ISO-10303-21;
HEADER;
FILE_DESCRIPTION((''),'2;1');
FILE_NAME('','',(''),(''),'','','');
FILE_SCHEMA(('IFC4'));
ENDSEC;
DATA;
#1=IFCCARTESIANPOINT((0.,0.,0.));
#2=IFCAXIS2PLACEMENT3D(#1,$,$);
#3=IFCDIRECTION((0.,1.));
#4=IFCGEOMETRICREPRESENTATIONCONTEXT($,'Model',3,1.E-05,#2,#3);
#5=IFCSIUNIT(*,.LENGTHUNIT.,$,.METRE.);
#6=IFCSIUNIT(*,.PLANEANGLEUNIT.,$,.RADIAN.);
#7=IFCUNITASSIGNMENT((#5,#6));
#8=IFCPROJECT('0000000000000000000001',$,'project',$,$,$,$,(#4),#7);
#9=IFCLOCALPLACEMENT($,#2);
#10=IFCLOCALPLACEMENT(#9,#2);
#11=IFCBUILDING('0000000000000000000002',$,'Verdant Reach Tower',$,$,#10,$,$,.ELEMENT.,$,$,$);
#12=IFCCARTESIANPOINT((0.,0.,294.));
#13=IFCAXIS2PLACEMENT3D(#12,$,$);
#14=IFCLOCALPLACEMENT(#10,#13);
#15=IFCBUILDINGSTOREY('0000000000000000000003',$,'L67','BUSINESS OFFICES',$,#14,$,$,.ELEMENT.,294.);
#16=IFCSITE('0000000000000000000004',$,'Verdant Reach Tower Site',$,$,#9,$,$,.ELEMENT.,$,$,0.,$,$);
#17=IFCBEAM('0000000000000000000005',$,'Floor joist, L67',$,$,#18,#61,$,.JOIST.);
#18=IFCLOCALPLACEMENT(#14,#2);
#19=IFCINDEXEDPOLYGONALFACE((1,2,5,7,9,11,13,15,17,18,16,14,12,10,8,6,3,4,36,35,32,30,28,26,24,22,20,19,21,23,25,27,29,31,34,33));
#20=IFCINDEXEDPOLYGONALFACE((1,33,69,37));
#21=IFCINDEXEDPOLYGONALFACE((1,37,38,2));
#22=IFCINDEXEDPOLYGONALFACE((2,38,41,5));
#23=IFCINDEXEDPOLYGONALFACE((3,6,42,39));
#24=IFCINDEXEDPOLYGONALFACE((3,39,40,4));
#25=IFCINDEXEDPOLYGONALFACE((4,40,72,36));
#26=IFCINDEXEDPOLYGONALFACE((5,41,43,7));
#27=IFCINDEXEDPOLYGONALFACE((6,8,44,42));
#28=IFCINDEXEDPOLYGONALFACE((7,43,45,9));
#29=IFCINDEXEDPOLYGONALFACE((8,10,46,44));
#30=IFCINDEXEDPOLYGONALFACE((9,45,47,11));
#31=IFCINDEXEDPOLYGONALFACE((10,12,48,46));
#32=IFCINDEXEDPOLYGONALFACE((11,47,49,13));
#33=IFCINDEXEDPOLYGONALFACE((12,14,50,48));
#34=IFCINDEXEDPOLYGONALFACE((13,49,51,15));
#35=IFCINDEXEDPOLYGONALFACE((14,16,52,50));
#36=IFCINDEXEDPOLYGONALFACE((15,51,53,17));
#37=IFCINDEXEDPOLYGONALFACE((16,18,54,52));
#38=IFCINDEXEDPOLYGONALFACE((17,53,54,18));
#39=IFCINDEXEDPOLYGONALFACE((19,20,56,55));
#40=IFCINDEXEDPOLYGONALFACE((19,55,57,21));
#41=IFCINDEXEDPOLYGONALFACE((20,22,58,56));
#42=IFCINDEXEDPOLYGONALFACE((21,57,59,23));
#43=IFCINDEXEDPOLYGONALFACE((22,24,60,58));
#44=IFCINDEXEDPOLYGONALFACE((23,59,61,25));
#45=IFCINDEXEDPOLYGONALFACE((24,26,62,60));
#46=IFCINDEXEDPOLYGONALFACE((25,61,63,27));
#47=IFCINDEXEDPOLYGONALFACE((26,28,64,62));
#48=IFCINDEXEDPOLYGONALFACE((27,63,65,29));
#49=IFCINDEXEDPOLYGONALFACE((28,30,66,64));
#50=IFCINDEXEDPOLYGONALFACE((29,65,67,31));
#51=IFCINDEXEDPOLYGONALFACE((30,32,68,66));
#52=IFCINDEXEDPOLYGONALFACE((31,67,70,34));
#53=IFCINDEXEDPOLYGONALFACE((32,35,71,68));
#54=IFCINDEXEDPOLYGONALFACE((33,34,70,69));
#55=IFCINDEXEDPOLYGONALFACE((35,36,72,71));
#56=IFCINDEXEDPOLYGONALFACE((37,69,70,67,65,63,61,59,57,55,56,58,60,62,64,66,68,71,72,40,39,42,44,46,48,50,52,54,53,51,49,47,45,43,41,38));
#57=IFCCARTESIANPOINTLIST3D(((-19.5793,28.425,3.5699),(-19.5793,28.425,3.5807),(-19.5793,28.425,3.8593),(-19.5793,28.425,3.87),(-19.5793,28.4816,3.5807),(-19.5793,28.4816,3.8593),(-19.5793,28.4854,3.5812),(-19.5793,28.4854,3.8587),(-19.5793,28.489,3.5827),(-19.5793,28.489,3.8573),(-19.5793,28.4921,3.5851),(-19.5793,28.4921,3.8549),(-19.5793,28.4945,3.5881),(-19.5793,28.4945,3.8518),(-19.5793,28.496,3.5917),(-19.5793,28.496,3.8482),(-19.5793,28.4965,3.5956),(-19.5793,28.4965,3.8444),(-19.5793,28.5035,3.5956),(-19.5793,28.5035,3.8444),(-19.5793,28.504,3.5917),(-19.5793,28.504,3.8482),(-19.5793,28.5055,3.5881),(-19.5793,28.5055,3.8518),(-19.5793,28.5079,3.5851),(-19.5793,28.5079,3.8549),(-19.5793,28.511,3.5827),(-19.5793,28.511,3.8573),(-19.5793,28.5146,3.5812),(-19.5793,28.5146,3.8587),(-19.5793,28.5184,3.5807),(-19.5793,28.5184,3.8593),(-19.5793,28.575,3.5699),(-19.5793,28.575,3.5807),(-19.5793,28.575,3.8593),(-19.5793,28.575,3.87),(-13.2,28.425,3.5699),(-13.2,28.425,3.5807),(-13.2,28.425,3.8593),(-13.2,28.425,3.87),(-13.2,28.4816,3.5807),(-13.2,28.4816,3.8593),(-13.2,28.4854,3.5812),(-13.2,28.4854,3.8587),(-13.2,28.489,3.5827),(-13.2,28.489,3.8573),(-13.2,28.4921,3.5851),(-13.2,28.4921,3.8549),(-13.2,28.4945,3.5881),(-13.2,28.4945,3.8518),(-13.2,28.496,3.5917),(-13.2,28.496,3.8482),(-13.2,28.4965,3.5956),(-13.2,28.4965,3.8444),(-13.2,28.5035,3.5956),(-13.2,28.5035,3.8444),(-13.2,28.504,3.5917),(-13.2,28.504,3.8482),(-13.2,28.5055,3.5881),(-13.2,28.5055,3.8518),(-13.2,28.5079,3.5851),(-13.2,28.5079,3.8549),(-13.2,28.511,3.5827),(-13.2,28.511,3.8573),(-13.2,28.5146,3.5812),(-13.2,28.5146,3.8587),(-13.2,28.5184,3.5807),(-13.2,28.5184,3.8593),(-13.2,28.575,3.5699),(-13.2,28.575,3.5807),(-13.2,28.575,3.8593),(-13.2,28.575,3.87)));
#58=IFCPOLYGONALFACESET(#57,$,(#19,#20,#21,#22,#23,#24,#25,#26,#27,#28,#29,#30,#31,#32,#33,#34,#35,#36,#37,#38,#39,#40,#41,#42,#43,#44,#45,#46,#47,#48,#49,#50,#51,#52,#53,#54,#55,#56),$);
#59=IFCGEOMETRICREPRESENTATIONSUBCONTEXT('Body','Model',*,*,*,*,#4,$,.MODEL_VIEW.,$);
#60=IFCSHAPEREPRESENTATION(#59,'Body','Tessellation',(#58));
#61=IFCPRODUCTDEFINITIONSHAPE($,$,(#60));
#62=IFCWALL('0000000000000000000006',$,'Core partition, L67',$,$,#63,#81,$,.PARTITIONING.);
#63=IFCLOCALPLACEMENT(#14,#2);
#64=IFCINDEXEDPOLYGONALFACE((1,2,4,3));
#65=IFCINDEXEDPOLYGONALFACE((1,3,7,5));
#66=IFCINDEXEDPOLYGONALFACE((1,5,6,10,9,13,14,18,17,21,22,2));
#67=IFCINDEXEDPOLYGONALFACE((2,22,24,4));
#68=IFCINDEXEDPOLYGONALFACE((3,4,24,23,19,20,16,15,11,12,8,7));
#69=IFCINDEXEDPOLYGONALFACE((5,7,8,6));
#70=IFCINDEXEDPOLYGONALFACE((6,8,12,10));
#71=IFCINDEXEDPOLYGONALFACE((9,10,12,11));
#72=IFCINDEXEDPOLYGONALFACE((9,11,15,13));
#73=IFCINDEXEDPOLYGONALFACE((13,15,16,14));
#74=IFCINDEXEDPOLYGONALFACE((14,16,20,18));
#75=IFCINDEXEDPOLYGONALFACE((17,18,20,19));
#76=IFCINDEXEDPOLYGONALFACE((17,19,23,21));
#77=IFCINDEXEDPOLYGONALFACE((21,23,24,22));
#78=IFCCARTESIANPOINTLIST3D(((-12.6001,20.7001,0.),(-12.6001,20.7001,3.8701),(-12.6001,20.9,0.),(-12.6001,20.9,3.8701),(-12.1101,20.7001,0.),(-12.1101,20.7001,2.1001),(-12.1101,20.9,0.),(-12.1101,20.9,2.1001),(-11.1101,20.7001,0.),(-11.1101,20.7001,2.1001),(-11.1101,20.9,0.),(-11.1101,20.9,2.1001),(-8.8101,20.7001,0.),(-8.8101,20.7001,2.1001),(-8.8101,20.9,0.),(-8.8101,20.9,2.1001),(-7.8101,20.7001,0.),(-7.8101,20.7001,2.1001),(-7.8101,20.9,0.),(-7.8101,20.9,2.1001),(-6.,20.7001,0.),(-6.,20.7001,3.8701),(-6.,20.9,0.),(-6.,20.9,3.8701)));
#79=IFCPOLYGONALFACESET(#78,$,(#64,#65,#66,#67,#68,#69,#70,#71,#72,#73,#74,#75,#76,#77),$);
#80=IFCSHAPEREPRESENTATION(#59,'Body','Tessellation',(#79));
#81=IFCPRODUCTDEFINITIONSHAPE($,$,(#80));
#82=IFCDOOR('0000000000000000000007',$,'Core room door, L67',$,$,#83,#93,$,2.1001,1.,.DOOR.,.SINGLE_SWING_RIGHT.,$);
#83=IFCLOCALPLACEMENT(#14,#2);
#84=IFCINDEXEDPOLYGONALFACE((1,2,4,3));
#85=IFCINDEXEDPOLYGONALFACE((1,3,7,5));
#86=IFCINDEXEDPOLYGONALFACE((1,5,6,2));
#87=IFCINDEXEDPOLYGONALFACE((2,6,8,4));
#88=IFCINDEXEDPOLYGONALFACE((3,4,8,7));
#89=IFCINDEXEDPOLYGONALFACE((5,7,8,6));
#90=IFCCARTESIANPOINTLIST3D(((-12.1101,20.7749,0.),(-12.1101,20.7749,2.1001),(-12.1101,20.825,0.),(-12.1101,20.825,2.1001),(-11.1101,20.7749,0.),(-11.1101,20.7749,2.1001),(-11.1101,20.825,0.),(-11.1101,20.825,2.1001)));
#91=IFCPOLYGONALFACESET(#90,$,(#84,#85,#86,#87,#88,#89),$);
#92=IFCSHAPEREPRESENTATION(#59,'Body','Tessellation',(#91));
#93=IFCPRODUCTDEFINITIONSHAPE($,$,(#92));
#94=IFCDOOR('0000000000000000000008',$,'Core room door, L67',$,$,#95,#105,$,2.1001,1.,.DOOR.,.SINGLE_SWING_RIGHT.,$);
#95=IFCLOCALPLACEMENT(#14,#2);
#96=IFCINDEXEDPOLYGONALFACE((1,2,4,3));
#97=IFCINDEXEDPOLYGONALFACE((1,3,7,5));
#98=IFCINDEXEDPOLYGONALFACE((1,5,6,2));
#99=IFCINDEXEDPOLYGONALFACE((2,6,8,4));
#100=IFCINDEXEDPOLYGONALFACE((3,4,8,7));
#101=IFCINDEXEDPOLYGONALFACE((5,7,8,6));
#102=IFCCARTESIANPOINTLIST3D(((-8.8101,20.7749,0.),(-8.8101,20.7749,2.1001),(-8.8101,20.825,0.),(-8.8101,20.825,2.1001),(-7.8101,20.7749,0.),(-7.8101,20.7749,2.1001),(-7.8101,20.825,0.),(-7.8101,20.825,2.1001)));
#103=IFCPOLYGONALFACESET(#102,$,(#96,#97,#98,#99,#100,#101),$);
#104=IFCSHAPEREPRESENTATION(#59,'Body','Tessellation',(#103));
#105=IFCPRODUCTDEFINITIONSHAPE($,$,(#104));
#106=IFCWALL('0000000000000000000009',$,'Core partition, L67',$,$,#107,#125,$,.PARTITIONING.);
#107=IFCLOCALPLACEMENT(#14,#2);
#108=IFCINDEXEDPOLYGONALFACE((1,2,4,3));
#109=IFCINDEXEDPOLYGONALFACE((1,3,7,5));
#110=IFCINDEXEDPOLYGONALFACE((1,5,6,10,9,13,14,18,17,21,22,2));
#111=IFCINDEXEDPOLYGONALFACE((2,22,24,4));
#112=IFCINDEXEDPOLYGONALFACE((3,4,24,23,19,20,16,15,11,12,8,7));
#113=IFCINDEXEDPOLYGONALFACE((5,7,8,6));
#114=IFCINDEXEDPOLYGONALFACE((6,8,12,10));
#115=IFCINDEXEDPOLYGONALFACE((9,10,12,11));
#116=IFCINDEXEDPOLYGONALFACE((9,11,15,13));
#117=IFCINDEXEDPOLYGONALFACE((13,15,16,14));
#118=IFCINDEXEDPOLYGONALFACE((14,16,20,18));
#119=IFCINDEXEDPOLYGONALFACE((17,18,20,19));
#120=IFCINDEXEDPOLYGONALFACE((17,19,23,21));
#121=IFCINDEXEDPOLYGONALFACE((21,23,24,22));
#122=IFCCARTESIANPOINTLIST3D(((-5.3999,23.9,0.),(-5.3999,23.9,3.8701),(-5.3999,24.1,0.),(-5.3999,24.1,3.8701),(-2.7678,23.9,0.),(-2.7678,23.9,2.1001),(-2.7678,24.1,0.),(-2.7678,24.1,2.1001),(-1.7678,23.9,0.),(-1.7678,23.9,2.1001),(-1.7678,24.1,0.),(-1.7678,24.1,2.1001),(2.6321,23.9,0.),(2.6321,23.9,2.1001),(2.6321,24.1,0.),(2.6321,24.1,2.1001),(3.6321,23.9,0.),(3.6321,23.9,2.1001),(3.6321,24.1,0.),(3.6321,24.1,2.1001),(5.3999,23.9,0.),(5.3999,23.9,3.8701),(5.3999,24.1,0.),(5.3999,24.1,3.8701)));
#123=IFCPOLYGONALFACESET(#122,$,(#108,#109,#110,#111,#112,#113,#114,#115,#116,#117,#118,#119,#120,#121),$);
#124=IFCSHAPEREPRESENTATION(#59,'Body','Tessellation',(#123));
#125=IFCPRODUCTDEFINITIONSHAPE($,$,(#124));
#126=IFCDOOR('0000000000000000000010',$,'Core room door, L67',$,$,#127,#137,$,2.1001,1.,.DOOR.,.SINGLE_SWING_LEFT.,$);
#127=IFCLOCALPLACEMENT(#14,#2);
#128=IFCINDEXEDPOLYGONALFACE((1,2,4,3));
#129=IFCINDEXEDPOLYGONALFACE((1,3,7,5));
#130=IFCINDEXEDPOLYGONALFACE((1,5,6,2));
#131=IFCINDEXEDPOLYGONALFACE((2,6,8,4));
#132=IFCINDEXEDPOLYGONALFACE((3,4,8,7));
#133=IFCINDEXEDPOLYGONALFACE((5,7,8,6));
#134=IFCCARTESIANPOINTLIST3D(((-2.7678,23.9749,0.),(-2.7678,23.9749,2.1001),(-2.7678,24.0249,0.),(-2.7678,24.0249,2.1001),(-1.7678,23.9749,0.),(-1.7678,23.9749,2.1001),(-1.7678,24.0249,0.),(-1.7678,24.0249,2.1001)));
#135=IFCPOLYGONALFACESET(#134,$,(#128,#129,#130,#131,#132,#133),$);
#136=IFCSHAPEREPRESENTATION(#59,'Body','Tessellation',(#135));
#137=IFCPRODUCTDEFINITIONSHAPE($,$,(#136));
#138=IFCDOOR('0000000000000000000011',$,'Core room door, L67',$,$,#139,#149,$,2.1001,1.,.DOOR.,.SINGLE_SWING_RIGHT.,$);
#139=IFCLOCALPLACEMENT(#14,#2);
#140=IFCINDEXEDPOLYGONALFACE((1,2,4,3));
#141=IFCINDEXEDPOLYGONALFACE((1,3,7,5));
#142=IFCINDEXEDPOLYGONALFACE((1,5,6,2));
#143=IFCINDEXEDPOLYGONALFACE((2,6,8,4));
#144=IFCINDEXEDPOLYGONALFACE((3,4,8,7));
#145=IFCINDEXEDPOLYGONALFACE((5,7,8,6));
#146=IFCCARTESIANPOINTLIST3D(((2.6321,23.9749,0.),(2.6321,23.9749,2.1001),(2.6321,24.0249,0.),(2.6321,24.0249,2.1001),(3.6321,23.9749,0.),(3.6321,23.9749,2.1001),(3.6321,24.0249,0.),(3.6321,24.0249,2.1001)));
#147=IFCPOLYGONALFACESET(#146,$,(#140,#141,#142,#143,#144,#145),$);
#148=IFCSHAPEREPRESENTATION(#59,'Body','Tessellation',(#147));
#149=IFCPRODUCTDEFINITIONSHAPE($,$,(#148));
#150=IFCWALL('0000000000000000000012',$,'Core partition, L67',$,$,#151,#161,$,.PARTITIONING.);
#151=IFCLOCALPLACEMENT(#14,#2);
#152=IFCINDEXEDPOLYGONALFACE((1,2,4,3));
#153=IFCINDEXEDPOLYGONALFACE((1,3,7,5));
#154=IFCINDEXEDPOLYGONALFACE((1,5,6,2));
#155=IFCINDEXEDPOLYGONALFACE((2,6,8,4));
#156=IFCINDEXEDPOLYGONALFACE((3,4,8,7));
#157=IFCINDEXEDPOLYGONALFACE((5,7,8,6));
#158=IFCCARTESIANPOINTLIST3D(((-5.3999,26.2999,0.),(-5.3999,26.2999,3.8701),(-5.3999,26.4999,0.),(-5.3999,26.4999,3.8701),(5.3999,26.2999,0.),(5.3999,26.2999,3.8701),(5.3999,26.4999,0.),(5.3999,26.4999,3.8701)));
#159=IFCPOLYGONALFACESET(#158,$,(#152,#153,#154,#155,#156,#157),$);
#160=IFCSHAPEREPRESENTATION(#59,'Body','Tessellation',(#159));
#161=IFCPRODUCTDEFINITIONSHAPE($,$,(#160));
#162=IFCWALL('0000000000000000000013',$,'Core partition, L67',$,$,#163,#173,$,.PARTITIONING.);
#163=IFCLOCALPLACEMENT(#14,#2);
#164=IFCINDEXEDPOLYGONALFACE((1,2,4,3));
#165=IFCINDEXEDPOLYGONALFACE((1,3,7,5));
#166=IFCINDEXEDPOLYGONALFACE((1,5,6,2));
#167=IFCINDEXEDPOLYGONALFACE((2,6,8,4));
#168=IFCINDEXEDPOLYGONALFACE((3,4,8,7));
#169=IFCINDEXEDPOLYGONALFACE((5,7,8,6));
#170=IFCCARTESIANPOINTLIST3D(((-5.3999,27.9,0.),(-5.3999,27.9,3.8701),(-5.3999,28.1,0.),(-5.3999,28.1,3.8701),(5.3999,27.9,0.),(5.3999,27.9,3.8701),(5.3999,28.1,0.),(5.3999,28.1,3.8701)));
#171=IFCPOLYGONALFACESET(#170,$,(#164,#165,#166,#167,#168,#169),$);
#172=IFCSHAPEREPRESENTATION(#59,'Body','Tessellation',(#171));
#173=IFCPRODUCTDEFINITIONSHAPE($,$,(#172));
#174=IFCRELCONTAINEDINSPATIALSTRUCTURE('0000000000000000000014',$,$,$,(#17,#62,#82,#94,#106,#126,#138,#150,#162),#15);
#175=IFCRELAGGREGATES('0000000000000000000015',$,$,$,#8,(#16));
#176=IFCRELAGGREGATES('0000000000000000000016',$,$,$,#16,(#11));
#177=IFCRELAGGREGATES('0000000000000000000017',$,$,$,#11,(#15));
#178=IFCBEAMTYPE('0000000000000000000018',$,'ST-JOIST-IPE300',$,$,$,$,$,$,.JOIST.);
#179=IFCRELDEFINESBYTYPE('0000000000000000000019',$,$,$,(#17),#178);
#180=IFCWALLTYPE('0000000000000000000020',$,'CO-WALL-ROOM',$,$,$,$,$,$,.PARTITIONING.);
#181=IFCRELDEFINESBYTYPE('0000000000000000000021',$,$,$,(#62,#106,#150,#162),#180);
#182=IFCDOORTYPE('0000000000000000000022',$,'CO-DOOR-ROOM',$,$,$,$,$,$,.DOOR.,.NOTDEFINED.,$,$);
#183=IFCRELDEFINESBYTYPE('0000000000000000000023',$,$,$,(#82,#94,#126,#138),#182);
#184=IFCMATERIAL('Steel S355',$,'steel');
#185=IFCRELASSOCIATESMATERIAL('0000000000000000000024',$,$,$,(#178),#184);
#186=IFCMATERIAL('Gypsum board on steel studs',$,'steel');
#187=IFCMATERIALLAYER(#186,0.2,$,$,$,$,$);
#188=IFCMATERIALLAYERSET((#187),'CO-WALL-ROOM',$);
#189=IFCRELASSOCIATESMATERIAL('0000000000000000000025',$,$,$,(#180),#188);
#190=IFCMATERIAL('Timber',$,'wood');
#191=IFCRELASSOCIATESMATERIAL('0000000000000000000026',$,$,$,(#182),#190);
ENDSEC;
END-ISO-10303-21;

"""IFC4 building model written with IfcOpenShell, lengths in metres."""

from ifc_helpers import new_model, si_unit, direction, frame, frame_2d, origin, origin_2d, place, context, subcontext, project, spatial, rectangle, i_section, extrude, material, layer, layer_set, material_profile, profile_set, type_object, element, fill, save


model = new_model("IFC4")

# Units and contexts
model_context = context("Model", 3, precision=1e-05, world=origin(), true_north=direction((0.0, 1.0)))
body_context = subcontext(model_context, "Body", "Model", "MODEL_VIEW")
ifc_project = project(units=[si_unit("LENGTHUNIT", "METRE"), si_unit("PLANEANGLEUNIT", "RADIAN")], contexts=[model_context])

# Site, building, storey
site_placement = place(None, origin())
site = spatial("IfcSite", under=ifc_project, at=site_placement, Name="Verdant Reach Tower Site", CompositionType="ELEMENT", RefElevation=0.0)
building_placement = place(site_placement, origin())
building = spatial("IfcBuilding", under=site, at=building_placement, Name="Verdant Reach Tower", CompositionType="ELEMENT")
storey_placement = place(building_placement, frame((0.0, 0.0, 294.0)))
storey = spatial("IfcBuildingStorey", under=building, at=storey_placement, Name="L67", Description="BUSINESS OFFICES", CompositionType="ELEMENT", Elevation=294.0)

# Beam
ifc_material_1 = material(Name="Steel S355", Category="steel")
ifc_material_profile = material_profile(ifc_material_1, i_section(OverallWidth=0.1499, OverallDepth=0.3, WebThickness=0.0071, FlangeThickness=0.0107, FilletRadius=0.0149, at=origin_2d()), Name="IPE 300")
ifc_profile_set = profile_set([ifc_material_profile], Name="Steel S355")
beam_type = type_object("IfcBeamType", Name="ST-JOIST-IPE300", PredefinedType="JOIST", material=ifc_profile_set)
beam_placement = place(storey_placement, frame((-13.2, 28.5, 3.72), z_axis=(-1.0, 0.0, 0.0), x_axis=(0.0, -1.0, 0.0)))
element("IfcBeam", 1, at=beam_placement, inside=storey, type_object=beam_type, Name="Floor joist, L67", PredefinedType="JOIST", context=body_context, shape_type="SweptSolid", body=[
    extrude(i_section(OverallWidth=0.1499, OverallDepth=0.3, WebThickness=0.0071, FlangeThickness=0.0107, FilletRadius=0.0149, at=origin_2d()), origin(), (0.0, 0.0, 1.0), 6.3794),
])

# Walls, openings, doors
ifc_material_2 = material(Name="Gypsum board on steel studs", Category="steel")
ifc_layer_1 = layer(ifc_material_2, 0.2)
ifc_layer_set_1 = layer_set([ifc_layer_1], Name="CO-WALL-ROOM")
wall_type_1 = type_object("IfcWallType", Name="CO-WALL-ROOM", PredefinedType="PARTITIONING", material=ifc_layer_set_1)
wall_1_placement = place(storey_placement, frame((-12.6001, 20.8, 0.0), z_axis=(0.0, 0.0, 1.0), x_axis=(1.0, 0.0, 0.0)))
wall_1 = element("IfcWall", 2, at=wall_1_placement, inside=storey, type_object=wall_type_1, Name="Core partition, L67", PredefinedType="PARTITIONING", context=body_context, shape_type="SweptSolid", body=[
    extrude(rectangle(XDim=6.6001, YDim=0.2, at=frame_2d((3.3, 0.0))), origin(), (0.0, 0.0, 1.0), 3.8701),
])
opening_1_placement = place(wall_1_placement, frame((0.49, 0.0, 0.0)))
opening_1 = element("IfcOpeningElement", 3, at=opening_1_placement, cuts=wall_1, PredefinedType="OPENING", context=body_context, shape_type="SweptSolid", body=[
    extrude(rectangle(XDim=1.0, YDim=2.1001, at=frame_2d((0.5, 1.05))), frame((0.0, 0.1099, 0.0), z_axis=(0.0, -1.0, 0.0), x_axis=(1.0, 0.0, 0.0)), (0.0, 0.0, 1.0), 0.22),
])
opening_2_placement = place(wall_1_placement, frame((3.79, 0.0, 0.0)))
opening_2 = element("IfcOpeningElement", 4, at=opening_2_placement, cuts=wall_1, PredefinedType="OPENING", context=body_context, shape_type="SweptSolid", body=[
    extrude(rectangle(XDim=1.0, YDim=2.1001, at=frame_2d((0.5, 1.05))), frame((0.0, 0.1099, 0.0), z_axis=(0.0, -1.0, 0.0), x_axis=(1.0, 0.0, 0.0)), (0.0, 0.0, 1.0), 0.22),
])
ifc_material_3 = material(Name="Timber", Category="wood")
door_type_1 = type_object("IfcDoorType", Name="CO-DOOR-ROOM", OperationType="NOTDEFINED", PredefinedType="DOOR", material=ifc_material_3)
door_1_placement = place(opening_1_placement, origin())
door_1 = element("IfcDoor", 5, at=door_1_placement, inside=storey, type_object=door_type_1, Name="Core room door, L67", OperationType="SINGLE_SWING_RIGHT", OverallHeight=2.1001, OverallWidth=1.0, PredefinedType="DOOR", context=body_context, shape_type="SweptSolid", body=[
    extrude(rectangle(XDim=1.0, YDim=2.1001, at=frame_2d((0.5, 1.05))), frame((0.0, 0.0249, 0.0), z_axis=(0.0, -1.0, 0.0), x_axis=(1.0, 0.0, 0.0)), (0.0, 0.0, 1.0), 0.05),
])
fill(opening_1, door_1)
door_2_placement = place(opening_2_placement, origin())
door_2 = element("IfcDoor", 6, at=door_2_placement, inside=storey, type_object=door_type_1, Name="Core room door, L67", OperationType="SINGLE_SWING_RIGHT", OverallHeight=2.1001, OverallWidth=1.0, PredefinedType="DOOR", context=body_context, shape_type="SweptSolid", body=[
    extrude(rectangle(XDim=1.0, YDim=2.1001, at=frame_2d((0.5, 1.05))), frame((0.0, 0.0249, 0.0), z_axis=(0.0, -1.0, 0.0), x_axis=(1.0, 0.0, 0.0)), (0.0, 0.0, 1.0), 0.05),
])
fill(opening_2, door_2)
wall_2_placement = place(storey_placement, frame((-5.3999, 24.0, 0.0), z_axis=(0.0, 0.0, 1.0), x_axis=(1.0, 0.0, 0.0)))
wall_2 = element("IfcWall", 7, at=wall_2_placement, inside=storey, type_object=wall_type_1, Name="Core partition, L67", PredefinedType="PARTITIONING", context=body_context, shape_type="SweptSolid", body=[
    extrude(rectangle(XDim=10.7998, YDim=0.2, at=frame_2d((5.3999, 0.0))), origin(), (0.0, 0.0, 1.0), 3.8701),
])
opening_3_placement = place(wall_2_placement, frame((2.6321, 0.0, 0.0)))
opening_3 = element("IfcOpeningElement", 8, at=opening_3_placement, cuts=wall_2, PredefinedType="OPENING", context=body_context, shape_type="SweptSolid", body=[
    extrude(rectangle(XDim=1.0, YDim=2.1001, at=frame_2d((0.5, 1.05))), frame((0.0, 0.1099, 0.0), z_axis=(0.0, -1.0, 0.0), x_axis=(1.0, 0.0, 0.0)), (0.0, 0.0, 1.0), 0.22),
])
opening_4_placement = place(wall_2_placement, frame((8.032, 0.0, 0.0)))
opening_4 = element("IfcOpeningElement", 9, at=opening_4_placement, cuts=wall_2, PredefinedType="OPENING", context=body_context, shape_type="SweptSolid", body=[
    extrude(rectangle(XDim=1.0, YDim=2.1001, at=frame_2d((0.5, 1.05))), frame((0.0, 0.1099, 0.0), z_axis=(0.0, -1.0, 0.0), x_axis=(1.0, 0.0, 0.0)), (0.0, 0.0, 1.0), 0.22),
])
door_3_placement = place(opening_3_placement, origin())
door_3 = element("IfcDoor", 10, at=door_3_placement, inside=storey, type_object=door_type_1, Name="Core room door, L67", OperationType="SINGLE_SWING_LEFT", OverallHeight=2.1001, OverallWidth=1.0, PredefinedType="DOOR", context=body_context, shape_type="SweptSolid", body=[
    extrude(rectangle(XDim=1.0, YDim=2.1001, at=frame_2d((0.5, 1.05))), frame((0.0, 0.0249, 0.0), z_axis=(0.0, -1.0, 0.0), x_axis=(1.0, 0.0, 0.0)), (0.0, 0.0, 1.0), 0.05),
])
fill(opening_3, door_3)
door_4_placement = place(opening_4_placement, origin())
door_4 = element("IfcDoor", 11, at=door_4_placement, inside=storey, type_object=door_type_1, Name="Core room door, L67", OperationType="SINGLE_SWING_RIGHT", OverallHeight=2.1001, OverallWidth=1.0, PredefinedType="DOOR", context=body_context, shape_type="SweptSolid", body=[
    extrude(rectangle(XDim=1.0, YDim=2.1001, at=frame_2d((0.5, 1.05))), frame((0.0, 0.0249, 0.0), z_axis=(0.0, -1.0, 0.0), x_axis=(1.0, 0.0, 0.0)), (0.0, 0.0, 1.0), 0.05),
])
fill(opening_4, door_4)

# Walls
for number, where, z_axis, x_axis, name in (
    (12, (-5.3999, 26.3999, 0.0), (0.0, 0.0, 1.0), (1.0, 0.0, 0.0), "Core partition, L67"),
    (13, (-5.3999, 28.0, 0.0), (0.0, 0.0, 1.0), (1.0, 0.0, 0.0), "Core partition, L67"),
):
    element("IfcWall", number, at=place(storey_placement, frame(where, z_axis=z_axis, x_axis=x_axis)), inside=storey, type_object=wall_type_1, Name=name, PredefinedType="PARTITIONING", context=body_context, shape_type="SweptSolid", body=[
        extrude(rectangle(XDim=10.7998, YDim=0.2, at=frame_2d((5.3999, 0.0))), origin(), (0.0, 0.0, 1.0), 3.8701),
    ])

save(model, "model.ifc")
